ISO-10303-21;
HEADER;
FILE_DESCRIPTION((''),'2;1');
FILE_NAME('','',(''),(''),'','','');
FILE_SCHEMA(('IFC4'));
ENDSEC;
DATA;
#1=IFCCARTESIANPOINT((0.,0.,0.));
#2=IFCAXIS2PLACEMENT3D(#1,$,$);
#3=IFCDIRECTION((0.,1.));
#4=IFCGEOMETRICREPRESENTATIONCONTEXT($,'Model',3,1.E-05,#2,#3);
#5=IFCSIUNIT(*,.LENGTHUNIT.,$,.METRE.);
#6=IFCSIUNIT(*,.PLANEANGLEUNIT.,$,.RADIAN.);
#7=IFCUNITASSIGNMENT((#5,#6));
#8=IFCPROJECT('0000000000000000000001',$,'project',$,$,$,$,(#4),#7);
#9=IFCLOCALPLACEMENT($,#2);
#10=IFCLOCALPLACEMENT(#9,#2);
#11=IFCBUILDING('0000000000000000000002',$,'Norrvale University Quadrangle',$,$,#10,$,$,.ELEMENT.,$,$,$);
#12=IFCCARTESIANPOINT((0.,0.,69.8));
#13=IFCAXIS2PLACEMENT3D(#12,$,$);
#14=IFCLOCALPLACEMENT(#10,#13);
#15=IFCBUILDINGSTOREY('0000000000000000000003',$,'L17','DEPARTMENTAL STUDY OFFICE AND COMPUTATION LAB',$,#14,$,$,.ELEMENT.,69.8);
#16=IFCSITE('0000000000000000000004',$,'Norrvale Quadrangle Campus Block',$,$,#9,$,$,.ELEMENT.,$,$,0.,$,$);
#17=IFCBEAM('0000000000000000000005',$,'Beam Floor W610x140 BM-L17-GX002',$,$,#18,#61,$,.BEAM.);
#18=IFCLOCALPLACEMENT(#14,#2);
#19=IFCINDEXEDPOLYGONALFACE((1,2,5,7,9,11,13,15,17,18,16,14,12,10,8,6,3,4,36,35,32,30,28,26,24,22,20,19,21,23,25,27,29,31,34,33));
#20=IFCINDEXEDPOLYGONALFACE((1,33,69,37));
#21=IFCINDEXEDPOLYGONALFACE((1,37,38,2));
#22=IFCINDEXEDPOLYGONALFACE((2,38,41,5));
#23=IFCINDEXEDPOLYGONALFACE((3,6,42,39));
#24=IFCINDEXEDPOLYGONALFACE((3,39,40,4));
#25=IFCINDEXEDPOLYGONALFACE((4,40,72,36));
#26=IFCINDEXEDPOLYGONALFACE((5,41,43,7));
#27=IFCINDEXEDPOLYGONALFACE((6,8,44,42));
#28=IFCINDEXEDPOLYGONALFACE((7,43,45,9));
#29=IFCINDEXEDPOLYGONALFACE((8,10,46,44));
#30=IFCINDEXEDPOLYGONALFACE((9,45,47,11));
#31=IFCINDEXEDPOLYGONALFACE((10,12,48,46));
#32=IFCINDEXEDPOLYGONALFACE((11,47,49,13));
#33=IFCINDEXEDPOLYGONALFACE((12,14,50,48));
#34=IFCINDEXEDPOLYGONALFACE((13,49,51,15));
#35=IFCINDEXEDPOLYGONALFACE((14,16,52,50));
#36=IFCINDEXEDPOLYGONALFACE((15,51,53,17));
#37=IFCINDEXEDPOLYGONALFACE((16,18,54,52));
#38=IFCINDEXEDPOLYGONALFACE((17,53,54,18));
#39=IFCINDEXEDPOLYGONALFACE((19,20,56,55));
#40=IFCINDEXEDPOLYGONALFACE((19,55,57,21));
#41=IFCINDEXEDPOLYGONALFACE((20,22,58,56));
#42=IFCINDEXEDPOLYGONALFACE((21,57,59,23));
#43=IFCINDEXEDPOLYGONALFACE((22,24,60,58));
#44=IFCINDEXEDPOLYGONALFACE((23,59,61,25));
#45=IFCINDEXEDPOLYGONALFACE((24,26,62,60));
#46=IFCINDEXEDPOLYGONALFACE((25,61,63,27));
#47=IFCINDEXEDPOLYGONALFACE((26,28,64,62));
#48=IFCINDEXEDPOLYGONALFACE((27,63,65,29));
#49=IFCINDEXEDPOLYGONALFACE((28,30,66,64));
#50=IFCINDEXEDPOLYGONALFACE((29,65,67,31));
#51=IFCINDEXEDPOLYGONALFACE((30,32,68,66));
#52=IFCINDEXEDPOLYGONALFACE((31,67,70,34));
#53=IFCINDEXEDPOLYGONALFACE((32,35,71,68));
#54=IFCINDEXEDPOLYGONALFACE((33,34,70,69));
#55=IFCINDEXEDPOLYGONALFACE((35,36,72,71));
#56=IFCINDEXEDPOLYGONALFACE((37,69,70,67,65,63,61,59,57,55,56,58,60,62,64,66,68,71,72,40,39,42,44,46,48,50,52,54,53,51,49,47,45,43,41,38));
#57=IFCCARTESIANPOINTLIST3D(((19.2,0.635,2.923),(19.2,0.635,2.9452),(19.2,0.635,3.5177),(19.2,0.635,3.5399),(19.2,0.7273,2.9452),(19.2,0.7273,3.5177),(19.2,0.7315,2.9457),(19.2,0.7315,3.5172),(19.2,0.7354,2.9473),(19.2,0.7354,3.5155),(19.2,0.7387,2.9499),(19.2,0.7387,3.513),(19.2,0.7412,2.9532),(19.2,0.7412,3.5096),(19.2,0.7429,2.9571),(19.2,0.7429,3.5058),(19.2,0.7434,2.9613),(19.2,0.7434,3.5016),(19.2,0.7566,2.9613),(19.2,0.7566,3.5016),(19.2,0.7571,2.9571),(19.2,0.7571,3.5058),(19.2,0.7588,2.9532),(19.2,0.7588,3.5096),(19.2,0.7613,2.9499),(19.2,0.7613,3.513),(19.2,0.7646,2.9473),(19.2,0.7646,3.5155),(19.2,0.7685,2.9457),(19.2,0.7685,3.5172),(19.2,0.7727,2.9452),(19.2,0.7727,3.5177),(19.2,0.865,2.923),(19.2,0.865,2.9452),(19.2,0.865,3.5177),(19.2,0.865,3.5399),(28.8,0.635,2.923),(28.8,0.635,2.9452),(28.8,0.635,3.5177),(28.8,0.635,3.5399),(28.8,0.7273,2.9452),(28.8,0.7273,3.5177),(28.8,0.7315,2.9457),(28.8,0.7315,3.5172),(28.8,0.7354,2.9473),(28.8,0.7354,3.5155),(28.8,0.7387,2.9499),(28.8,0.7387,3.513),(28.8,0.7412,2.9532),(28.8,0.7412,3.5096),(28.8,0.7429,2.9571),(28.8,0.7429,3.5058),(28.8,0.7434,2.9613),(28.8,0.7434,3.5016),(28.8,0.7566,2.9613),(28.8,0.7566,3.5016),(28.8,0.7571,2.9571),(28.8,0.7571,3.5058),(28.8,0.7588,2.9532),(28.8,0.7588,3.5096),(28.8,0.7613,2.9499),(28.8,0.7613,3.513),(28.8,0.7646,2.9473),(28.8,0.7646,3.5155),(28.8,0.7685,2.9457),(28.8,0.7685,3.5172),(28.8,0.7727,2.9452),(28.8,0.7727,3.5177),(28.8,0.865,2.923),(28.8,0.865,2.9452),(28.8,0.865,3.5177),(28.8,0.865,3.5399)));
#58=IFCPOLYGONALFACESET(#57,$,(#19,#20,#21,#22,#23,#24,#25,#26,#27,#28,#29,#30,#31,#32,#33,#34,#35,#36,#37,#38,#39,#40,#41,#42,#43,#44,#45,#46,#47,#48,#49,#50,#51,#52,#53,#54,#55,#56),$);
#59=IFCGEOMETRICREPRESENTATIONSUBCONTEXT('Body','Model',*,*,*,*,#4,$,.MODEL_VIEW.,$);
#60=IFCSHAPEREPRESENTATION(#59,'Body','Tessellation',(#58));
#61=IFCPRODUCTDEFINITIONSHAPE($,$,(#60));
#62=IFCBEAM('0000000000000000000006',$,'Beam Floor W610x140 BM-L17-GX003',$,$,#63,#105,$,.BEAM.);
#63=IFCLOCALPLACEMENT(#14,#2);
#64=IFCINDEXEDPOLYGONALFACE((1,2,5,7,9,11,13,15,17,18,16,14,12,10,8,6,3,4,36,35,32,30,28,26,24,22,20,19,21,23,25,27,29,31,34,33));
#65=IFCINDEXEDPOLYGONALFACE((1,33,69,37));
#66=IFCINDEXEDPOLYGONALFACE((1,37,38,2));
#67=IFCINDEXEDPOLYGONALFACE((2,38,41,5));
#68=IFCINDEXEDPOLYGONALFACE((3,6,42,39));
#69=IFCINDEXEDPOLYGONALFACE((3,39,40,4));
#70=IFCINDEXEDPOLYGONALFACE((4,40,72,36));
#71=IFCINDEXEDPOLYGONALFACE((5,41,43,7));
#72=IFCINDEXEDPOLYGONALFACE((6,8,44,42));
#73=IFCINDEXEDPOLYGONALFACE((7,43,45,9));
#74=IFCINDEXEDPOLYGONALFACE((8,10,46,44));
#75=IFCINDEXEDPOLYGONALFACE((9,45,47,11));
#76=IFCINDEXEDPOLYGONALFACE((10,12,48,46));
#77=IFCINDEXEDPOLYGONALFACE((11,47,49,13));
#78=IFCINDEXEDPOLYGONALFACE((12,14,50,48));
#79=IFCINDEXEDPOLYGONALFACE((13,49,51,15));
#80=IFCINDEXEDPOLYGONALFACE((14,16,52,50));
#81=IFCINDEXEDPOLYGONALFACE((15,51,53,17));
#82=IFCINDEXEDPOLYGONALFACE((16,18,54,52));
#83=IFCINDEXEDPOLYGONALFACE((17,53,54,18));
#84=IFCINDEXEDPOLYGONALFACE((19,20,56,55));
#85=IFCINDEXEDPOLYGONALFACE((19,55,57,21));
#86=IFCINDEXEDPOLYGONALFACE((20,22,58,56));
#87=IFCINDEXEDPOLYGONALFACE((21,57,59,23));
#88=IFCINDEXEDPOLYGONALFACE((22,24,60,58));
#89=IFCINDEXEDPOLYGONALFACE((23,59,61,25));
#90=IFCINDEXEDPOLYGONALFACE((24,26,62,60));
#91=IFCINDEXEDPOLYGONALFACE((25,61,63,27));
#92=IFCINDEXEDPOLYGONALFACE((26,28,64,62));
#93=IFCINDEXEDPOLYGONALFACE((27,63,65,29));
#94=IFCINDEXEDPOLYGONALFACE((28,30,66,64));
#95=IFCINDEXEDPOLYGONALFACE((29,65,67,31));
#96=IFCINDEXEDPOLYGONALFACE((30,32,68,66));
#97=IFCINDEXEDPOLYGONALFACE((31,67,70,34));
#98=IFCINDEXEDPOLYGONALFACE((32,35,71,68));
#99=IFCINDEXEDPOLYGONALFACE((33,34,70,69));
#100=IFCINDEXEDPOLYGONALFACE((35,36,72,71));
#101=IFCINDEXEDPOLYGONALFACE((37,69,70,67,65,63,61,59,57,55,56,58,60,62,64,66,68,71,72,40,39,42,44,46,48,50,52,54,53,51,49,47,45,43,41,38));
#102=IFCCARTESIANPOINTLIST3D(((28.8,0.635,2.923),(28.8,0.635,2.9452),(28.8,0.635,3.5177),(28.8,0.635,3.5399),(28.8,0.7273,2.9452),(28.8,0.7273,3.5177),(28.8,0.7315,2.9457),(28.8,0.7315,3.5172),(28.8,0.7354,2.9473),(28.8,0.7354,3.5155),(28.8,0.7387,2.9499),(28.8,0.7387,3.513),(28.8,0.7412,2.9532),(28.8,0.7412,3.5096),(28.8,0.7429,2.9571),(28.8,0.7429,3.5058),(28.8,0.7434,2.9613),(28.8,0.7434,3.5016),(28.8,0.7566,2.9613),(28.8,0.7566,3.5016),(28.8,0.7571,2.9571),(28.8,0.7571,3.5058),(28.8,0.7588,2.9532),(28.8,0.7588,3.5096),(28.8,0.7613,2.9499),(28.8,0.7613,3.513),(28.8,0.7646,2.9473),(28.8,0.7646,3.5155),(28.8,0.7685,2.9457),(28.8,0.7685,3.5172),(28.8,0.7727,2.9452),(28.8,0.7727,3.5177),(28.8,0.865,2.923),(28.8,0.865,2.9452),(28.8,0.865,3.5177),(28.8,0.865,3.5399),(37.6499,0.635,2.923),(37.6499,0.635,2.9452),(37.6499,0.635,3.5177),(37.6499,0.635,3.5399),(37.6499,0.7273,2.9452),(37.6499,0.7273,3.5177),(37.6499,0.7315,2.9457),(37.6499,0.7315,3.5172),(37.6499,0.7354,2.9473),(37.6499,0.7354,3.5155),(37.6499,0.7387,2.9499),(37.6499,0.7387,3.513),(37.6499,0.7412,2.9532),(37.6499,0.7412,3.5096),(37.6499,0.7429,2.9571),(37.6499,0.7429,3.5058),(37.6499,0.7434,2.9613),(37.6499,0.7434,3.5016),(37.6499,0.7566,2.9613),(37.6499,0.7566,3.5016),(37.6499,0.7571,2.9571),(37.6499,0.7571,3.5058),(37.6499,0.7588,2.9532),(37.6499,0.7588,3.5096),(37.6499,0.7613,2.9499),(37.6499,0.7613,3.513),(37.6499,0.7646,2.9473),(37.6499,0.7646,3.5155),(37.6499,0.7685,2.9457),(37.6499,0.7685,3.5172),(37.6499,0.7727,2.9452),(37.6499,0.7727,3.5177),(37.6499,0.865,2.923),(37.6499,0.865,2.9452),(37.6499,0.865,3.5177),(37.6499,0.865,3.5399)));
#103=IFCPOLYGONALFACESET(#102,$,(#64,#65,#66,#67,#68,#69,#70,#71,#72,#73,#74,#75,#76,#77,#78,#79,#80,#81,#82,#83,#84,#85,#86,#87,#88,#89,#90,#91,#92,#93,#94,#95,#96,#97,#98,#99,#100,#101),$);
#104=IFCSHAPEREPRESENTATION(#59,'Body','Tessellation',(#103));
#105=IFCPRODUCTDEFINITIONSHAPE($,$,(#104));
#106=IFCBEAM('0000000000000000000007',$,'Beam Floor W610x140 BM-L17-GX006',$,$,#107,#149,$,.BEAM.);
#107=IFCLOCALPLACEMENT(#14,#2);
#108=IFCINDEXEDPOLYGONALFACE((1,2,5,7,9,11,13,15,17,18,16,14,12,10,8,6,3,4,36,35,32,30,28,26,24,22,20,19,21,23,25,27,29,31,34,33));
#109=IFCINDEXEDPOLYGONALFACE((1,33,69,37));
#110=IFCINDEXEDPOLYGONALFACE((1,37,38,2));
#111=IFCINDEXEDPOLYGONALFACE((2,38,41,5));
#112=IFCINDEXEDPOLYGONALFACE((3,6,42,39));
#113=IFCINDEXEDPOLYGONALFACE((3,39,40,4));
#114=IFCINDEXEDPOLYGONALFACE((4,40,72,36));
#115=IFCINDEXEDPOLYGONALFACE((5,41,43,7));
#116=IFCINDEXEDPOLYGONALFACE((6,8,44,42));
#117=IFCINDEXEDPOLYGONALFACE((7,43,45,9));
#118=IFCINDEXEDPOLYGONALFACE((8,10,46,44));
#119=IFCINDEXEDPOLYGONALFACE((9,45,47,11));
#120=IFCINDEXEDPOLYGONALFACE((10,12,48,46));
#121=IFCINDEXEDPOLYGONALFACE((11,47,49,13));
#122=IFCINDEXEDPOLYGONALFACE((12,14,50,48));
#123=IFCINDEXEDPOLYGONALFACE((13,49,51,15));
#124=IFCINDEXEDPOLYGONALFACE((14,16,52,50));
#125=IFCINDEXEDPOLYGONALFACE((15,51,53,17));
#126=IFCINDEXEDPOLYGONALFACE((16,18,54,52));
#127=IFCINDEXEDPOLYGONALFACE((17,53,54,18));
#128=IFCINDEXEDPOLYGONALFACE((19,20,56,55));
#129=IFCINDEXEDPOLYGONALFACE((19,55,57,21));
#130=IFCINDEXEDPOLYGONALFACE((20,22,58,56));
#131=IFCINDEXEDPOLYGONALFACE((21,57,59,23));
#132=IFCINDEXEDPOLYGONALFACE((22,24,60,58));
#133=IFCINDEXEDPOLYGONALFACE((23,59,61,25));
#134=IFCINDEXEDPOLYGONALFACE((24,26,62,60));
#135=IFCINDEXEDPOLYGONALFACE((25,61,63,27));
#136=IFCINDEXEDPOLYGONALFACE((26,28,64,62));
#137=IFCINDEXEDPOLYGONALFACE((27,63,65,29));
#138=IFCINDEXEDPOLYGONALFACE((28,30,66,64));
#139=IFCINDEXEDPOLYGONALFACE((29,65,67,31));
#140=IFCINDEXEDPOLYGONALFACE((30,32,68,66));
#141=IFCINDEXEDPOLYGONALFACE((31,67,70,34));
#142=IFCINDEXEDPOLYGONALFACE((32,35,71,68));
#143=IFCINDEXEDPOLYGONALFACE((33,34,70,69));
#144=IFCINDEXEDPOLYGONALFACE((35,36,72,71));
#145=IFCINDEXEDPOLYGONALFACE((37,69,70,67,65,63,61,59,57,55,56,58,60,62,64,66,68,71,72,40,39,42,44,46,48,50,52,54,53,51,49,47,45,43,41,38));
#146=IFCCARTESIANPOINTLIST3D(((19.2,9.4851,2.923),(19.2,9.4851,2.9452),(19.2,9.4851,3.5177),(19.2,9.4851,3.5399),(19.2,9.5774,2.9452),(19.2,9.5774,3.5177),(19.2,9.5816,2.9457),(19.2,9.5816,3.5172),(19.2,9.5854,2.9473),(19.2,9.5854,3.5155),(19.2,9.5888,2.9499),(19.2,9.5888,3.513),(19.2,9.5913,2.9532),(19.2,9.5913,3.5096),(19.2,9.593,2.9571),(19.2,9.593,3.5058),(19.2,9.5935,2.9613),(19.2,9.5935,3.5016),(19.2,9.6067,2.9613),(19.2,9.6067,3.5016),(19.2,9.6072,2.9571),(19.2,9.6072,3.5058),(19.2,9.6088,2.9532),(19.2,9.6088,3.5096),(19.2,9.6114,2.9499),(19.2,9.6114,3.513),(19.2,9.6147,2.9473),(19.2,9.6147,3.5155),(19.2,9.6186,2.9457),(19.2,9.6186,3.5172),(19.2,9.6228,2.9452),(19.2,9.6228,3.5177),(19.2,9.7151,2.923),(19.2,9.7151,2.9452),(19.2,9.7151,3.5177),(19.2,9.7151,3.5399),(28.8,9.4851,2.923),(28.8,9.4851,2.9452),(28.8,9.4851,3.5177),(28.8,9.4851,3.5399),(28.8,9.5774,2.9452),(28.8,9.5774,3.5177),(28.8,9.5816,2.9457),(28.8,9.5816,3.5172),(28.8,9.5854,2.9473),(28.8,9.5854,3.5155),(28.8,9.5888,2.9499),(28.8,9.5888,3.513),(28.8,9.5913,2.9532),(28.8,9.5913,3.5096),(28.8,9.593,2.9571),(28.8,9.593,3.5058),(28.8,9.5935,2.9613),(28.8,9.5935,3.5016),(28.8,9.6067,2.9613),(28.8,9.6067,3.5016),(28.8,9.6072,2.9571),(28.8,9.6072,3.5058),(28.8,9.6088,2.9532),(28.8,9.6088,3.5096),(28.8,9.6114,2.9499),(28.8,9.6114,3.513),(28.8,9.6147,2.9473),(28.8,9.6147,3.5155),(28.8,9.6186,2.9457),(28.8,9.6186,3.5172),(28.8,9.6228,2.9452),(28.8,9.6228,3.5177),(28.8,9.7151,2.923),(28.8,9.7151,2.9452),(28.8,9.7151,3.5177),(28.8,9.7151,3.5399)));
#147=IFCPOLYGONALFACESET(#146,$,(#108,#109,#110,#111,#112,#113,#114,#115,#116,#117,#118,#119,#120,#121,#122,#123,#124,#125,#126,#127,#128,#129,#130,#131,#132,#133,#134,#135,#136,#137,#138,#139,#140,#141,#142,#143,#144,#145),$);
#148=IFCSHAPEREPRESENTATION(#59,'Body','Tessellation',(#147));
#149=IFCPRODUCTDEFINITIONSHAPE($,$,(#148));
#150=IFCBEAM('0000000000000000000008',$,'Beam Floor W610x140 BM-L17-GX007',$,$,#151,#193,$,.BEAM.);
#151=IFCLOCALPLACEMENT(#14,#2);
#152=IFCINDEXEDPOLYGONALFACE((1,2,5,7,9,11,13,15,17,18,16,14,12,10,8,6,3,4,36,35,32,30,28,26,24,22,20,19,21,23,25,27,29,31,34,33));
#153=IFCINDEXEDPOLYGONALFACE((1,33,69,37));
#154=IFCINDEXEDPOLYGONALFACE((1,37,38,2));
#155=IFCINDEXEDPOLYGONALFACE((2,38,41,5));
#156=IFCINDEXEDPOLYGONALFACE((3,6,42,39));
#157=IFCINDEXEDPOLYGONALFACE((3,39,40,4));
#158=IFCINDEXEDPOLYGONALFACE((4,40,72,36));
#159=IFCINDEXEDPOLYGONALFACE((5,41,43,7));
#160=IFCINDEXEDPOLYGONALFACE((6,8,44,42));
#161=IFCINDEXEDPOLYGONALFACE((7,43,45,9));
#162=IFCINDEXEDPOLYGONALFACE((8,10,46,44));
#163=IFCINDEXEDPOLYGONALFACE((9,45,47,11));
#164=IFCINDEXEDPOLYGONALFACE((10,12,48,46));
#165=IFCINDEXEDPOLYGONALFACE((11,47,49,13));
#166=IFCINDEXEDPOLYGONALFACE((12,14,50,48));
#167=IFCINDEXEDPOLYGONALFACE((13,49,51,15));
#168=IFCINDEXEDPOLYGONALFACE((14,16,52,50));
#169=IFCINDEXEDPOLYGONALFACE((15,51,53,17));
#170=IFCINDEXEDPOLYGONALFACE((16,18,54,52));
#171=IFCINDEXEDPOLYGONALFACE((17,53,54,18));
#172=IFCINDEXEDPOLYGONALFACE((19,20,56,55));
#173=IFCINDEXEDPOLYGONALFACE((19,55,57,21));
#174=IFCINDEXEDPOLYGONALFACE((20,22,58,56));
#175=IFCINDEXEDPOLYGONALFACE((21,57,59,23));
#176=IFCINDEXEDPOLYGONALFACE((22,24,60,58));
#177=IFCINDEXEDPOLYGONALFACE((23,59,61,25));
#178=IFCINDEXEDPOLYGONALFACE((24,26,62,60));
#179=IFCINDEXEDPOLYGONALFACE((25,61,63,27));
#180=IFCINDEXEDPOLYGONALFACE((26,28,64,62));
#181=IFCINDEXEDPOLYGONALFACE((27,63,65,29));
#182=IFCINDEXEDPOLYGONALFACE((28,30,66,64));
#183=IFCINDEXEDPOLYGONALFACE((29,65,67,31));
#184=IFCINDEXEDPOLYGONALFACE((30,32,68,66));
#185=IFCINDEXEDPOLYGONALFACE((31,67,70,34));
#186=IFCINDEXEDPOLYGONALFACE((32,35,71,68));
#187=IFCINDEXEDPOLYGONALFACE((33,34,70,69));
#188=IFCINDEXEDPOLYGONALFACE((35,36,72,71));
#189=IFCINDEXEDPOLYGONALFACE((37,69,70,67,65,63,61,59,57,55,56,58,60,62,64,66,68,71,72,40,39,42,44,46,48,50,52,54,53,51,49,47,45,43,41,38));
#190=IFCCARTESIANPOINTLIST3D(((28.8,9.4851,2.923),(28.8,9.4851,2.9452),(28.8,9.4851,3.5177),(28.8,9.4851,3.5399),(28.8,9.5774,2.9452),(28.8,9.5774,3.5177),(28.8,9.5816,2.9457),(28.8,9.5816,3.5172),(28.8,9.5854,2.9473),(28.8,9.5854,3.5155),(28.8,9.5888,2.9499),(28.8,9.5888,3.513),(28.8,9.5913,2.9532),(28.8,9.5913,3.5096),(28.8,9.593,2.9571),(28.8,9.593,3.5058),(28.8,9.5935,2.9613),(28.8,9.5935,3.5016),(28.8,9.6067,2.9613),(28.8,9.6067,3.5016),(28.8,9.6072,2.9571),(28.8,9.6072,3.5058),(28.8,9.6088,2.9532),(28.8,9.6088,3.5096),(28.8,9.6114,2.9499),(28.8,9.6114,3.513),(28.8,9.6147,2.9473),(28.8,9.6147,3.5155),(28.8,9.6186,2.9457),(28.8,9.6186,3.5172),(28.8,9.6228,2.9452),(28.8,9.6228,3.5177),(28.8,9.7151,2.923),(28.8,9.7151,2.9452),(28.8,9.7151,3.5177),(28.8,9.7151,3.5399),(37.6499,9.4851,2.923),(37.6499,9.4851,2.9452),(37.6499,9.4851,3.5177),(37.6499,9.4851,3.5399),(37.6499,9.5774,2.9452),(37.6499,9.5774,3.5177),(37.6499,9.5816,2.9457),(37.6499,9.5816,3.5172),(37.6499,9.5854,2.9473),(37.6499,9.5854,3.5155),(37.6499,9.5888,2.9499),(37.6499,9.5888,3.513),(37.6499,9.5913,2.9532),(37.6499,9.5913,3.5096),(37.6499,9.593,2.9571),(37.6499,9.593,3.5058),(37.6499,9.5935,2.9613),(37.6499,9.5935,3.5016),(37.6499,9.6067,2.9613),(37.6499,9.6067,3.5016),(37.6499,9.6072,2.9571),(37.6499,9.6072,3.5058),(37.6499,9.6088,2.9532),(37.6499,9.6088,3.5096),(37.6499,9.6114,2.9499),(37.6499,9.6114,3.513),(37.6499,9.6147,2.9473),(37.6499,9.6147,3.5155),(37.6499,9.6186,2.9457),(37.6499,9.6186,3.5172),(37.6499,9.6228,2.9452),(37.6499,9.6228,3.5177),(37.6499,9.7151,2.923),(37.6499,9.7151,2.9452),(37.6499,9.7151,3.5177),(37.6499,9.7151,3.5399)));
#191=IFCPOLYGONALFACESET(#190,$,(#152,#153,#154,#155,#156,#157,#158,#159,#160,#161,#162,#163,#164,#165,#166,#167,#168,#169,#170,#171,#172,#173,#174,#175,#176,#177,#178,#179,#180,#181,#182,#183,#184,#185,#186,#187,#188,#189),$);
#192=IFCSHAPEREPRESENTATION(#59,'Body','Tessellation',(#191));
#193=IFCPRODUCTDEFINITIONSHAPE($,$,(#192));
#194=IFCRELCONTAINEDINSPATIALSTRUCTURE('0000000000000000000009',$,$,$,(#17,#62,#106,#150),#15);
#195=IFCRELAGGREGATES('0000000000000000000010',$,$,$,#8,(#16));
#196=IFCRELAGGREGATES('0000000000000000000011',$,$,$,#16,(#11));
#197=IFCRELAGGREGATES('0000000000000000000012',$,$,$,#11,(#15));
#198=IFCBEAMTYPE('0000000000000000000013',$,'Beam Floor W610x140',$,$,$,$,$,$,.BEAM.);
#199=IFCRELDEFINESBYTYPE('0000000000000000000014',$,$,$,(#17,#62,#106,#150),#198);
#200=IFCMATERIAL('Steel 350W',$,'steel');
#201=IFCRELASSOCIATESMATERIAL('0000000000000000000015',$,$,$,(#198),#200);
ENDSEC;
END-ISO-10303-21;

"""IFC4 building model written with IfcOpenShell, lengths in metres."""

from ifc_helpers import new_model, si_unit, direction, frame, origin, origin_2d, place, context, subcontext, project, spatial, i_section, extrude, material, material_profile, profile_set, type_object, element, save


model = new_model("IFC4")

# Units and contexts
model_context = context("Model", 3, precision=1e-05, world=origin(), true_north=direction((0.0, 1.0)))
body_context = subcontext(model_context, "Body", "Model", "MODEL_VIEW")
ifc_project = project(units=[si_unit("LENGTHUNIT", "METRE"), si_unit("PLANEANGLEUNIT", "RADIAN")], contexts=[model_context])

# Site, building, storey
site_placement = place(None, origin())
site = spatial("IfcSite", under=ifc_project, at=site_placement, Name="Norrvale Quadrangle Campus Block", CompositionType="ELEMENT", RefElevation=0.0)
building_placement = place(site_placement, origin())
building = spatial("IfcBuilding", under=site, at=building_placement, Name="Norrvale University Quadrangle", CompositionType="ELEMENT")
storey_placement = place(building_placement, frame((0.0, 0.0, 69.8)))
storey = spatial("IfcBuildingStorey", under=building, at=storey_placement, Name="L17", Description="DEPARTMENTAL STUDY OFFICE AND COMPUTATION LAB", CompositionType="ELEMENT", Elevation=69.8)

# Beams
ifc_material_1 = material(Name="Steel 350W", Category="steel")
ifc_material_profile_1 = material_profile(ifc_material_1, i_section(OverallWidth=0.23, OverallDepth=0.6169, WebThickness=0.0132, FlangeThickness=0.0222, FilletRadius=0.0161, at=origin_2d()), Name="Steel 350W")
ifc_profile_set_1 = profile_set([ifc_material_profile_1], Name="Steel 350W")
beam_type_1 = type_object("IfcBeamType", Name="Beam Floor W610x140", PredefinedType="BEAM", material=ifc_profile_set_1)
beam_1_placement = place(storey_placement, frame((19.2, 0.75, 3.2314), z_axis=(1.0, 0.0, 0.0), x_axis=(0.0, 1.0, 0.0)))
element("IfcBeam", 1, at=beam_1_placement, inside=storey, type_object=beam_type_1, Name="Beam Floor W610x140 BM-L17-GX002", PredefinedType="BEAM", context=body_context, shape_type="SweptSolid", body=[
    extrude(i_section(OverallWidth=0.23, OverallDepth=0.6169, WebThickness=0.0132, FlangeThickness=0.0222, FilletRadius=0.0161, at=origin_2d()), origin(), (0.0, 0.0, 1.0), 9.6001),
])
beam_2_placement = place(storey_placement, frame((28.8, 0.75, 3.2314), z_axis=(1.0, 0.0, 0.0), x_axis=(0.0, 1.0, 0.0)))
element("IfcBeam", 2, at=beam_2_placement, inside=storey, type_object=beam_type_1, Name="Beam Floor W610x140 BM-L17-GX003", PredefinedType="BEAM", context=body_context, shape_type="SweptSolid", body=[
    extrude(i_section(OverallWidth=0.23, OverallDepth=0.6169, WebThickness=0.0132, FlangeThickness=0.0222, FilletRadius=0.0161, at=origin_2d()), origin(), (0.0, 0.0, 1.0), 8.8499),
])
beam_3_placement = place(storey_placement, frame((19.2, 9.6001, 3.2314), z_axis=(1.0, 0.0, 0.0), x_axis=(0.0, 1.0, 0.0)))
element("IfcBeam", 3, at=beam_3_placement, inside=storey, type_object=beam_type_1, Name="Beam Floor W610x140 BM-L17-GX006", PredefinedType="BEAM", context=body_context, shape_type="SweptSolid", body=[
    extrude(i_section(OverallWidth=0.23, OverallDepth=0.6169, WebThickness=0.0132, FlangeThickness=0.0222, FilletRadius=0.0161, at=origin_2d()), origin(), (0.0, 0.0, 1.0), 9.6001),
])
beam_4_placement = place(storey_placement, frame((28.8, 9.6001, 3.2314), z_axis=(1.0, 0.0, 0.0), x_axis=(0.0, 1.0, 0.0)))
element("IfcBeam", 4, at=beam_4_placement, inside=storey, type_object=beam_type_1, Name="Beam Floor W610x140 BM-L17-GX007", PredefinedType="BEAM", context=body_context, shape_type="SweptSolid", body=[
    extrude(i_section(OverallWidth=0.23, OverallDepth=0.6169, WebThickness=0.0132, FlangeThickness=0.0222, FilletRadius=0.0161, at=origin_2d()), origin(), (0.0, 0.0, 1.0), 8.8499),
])

save(model, "model.ifc")
